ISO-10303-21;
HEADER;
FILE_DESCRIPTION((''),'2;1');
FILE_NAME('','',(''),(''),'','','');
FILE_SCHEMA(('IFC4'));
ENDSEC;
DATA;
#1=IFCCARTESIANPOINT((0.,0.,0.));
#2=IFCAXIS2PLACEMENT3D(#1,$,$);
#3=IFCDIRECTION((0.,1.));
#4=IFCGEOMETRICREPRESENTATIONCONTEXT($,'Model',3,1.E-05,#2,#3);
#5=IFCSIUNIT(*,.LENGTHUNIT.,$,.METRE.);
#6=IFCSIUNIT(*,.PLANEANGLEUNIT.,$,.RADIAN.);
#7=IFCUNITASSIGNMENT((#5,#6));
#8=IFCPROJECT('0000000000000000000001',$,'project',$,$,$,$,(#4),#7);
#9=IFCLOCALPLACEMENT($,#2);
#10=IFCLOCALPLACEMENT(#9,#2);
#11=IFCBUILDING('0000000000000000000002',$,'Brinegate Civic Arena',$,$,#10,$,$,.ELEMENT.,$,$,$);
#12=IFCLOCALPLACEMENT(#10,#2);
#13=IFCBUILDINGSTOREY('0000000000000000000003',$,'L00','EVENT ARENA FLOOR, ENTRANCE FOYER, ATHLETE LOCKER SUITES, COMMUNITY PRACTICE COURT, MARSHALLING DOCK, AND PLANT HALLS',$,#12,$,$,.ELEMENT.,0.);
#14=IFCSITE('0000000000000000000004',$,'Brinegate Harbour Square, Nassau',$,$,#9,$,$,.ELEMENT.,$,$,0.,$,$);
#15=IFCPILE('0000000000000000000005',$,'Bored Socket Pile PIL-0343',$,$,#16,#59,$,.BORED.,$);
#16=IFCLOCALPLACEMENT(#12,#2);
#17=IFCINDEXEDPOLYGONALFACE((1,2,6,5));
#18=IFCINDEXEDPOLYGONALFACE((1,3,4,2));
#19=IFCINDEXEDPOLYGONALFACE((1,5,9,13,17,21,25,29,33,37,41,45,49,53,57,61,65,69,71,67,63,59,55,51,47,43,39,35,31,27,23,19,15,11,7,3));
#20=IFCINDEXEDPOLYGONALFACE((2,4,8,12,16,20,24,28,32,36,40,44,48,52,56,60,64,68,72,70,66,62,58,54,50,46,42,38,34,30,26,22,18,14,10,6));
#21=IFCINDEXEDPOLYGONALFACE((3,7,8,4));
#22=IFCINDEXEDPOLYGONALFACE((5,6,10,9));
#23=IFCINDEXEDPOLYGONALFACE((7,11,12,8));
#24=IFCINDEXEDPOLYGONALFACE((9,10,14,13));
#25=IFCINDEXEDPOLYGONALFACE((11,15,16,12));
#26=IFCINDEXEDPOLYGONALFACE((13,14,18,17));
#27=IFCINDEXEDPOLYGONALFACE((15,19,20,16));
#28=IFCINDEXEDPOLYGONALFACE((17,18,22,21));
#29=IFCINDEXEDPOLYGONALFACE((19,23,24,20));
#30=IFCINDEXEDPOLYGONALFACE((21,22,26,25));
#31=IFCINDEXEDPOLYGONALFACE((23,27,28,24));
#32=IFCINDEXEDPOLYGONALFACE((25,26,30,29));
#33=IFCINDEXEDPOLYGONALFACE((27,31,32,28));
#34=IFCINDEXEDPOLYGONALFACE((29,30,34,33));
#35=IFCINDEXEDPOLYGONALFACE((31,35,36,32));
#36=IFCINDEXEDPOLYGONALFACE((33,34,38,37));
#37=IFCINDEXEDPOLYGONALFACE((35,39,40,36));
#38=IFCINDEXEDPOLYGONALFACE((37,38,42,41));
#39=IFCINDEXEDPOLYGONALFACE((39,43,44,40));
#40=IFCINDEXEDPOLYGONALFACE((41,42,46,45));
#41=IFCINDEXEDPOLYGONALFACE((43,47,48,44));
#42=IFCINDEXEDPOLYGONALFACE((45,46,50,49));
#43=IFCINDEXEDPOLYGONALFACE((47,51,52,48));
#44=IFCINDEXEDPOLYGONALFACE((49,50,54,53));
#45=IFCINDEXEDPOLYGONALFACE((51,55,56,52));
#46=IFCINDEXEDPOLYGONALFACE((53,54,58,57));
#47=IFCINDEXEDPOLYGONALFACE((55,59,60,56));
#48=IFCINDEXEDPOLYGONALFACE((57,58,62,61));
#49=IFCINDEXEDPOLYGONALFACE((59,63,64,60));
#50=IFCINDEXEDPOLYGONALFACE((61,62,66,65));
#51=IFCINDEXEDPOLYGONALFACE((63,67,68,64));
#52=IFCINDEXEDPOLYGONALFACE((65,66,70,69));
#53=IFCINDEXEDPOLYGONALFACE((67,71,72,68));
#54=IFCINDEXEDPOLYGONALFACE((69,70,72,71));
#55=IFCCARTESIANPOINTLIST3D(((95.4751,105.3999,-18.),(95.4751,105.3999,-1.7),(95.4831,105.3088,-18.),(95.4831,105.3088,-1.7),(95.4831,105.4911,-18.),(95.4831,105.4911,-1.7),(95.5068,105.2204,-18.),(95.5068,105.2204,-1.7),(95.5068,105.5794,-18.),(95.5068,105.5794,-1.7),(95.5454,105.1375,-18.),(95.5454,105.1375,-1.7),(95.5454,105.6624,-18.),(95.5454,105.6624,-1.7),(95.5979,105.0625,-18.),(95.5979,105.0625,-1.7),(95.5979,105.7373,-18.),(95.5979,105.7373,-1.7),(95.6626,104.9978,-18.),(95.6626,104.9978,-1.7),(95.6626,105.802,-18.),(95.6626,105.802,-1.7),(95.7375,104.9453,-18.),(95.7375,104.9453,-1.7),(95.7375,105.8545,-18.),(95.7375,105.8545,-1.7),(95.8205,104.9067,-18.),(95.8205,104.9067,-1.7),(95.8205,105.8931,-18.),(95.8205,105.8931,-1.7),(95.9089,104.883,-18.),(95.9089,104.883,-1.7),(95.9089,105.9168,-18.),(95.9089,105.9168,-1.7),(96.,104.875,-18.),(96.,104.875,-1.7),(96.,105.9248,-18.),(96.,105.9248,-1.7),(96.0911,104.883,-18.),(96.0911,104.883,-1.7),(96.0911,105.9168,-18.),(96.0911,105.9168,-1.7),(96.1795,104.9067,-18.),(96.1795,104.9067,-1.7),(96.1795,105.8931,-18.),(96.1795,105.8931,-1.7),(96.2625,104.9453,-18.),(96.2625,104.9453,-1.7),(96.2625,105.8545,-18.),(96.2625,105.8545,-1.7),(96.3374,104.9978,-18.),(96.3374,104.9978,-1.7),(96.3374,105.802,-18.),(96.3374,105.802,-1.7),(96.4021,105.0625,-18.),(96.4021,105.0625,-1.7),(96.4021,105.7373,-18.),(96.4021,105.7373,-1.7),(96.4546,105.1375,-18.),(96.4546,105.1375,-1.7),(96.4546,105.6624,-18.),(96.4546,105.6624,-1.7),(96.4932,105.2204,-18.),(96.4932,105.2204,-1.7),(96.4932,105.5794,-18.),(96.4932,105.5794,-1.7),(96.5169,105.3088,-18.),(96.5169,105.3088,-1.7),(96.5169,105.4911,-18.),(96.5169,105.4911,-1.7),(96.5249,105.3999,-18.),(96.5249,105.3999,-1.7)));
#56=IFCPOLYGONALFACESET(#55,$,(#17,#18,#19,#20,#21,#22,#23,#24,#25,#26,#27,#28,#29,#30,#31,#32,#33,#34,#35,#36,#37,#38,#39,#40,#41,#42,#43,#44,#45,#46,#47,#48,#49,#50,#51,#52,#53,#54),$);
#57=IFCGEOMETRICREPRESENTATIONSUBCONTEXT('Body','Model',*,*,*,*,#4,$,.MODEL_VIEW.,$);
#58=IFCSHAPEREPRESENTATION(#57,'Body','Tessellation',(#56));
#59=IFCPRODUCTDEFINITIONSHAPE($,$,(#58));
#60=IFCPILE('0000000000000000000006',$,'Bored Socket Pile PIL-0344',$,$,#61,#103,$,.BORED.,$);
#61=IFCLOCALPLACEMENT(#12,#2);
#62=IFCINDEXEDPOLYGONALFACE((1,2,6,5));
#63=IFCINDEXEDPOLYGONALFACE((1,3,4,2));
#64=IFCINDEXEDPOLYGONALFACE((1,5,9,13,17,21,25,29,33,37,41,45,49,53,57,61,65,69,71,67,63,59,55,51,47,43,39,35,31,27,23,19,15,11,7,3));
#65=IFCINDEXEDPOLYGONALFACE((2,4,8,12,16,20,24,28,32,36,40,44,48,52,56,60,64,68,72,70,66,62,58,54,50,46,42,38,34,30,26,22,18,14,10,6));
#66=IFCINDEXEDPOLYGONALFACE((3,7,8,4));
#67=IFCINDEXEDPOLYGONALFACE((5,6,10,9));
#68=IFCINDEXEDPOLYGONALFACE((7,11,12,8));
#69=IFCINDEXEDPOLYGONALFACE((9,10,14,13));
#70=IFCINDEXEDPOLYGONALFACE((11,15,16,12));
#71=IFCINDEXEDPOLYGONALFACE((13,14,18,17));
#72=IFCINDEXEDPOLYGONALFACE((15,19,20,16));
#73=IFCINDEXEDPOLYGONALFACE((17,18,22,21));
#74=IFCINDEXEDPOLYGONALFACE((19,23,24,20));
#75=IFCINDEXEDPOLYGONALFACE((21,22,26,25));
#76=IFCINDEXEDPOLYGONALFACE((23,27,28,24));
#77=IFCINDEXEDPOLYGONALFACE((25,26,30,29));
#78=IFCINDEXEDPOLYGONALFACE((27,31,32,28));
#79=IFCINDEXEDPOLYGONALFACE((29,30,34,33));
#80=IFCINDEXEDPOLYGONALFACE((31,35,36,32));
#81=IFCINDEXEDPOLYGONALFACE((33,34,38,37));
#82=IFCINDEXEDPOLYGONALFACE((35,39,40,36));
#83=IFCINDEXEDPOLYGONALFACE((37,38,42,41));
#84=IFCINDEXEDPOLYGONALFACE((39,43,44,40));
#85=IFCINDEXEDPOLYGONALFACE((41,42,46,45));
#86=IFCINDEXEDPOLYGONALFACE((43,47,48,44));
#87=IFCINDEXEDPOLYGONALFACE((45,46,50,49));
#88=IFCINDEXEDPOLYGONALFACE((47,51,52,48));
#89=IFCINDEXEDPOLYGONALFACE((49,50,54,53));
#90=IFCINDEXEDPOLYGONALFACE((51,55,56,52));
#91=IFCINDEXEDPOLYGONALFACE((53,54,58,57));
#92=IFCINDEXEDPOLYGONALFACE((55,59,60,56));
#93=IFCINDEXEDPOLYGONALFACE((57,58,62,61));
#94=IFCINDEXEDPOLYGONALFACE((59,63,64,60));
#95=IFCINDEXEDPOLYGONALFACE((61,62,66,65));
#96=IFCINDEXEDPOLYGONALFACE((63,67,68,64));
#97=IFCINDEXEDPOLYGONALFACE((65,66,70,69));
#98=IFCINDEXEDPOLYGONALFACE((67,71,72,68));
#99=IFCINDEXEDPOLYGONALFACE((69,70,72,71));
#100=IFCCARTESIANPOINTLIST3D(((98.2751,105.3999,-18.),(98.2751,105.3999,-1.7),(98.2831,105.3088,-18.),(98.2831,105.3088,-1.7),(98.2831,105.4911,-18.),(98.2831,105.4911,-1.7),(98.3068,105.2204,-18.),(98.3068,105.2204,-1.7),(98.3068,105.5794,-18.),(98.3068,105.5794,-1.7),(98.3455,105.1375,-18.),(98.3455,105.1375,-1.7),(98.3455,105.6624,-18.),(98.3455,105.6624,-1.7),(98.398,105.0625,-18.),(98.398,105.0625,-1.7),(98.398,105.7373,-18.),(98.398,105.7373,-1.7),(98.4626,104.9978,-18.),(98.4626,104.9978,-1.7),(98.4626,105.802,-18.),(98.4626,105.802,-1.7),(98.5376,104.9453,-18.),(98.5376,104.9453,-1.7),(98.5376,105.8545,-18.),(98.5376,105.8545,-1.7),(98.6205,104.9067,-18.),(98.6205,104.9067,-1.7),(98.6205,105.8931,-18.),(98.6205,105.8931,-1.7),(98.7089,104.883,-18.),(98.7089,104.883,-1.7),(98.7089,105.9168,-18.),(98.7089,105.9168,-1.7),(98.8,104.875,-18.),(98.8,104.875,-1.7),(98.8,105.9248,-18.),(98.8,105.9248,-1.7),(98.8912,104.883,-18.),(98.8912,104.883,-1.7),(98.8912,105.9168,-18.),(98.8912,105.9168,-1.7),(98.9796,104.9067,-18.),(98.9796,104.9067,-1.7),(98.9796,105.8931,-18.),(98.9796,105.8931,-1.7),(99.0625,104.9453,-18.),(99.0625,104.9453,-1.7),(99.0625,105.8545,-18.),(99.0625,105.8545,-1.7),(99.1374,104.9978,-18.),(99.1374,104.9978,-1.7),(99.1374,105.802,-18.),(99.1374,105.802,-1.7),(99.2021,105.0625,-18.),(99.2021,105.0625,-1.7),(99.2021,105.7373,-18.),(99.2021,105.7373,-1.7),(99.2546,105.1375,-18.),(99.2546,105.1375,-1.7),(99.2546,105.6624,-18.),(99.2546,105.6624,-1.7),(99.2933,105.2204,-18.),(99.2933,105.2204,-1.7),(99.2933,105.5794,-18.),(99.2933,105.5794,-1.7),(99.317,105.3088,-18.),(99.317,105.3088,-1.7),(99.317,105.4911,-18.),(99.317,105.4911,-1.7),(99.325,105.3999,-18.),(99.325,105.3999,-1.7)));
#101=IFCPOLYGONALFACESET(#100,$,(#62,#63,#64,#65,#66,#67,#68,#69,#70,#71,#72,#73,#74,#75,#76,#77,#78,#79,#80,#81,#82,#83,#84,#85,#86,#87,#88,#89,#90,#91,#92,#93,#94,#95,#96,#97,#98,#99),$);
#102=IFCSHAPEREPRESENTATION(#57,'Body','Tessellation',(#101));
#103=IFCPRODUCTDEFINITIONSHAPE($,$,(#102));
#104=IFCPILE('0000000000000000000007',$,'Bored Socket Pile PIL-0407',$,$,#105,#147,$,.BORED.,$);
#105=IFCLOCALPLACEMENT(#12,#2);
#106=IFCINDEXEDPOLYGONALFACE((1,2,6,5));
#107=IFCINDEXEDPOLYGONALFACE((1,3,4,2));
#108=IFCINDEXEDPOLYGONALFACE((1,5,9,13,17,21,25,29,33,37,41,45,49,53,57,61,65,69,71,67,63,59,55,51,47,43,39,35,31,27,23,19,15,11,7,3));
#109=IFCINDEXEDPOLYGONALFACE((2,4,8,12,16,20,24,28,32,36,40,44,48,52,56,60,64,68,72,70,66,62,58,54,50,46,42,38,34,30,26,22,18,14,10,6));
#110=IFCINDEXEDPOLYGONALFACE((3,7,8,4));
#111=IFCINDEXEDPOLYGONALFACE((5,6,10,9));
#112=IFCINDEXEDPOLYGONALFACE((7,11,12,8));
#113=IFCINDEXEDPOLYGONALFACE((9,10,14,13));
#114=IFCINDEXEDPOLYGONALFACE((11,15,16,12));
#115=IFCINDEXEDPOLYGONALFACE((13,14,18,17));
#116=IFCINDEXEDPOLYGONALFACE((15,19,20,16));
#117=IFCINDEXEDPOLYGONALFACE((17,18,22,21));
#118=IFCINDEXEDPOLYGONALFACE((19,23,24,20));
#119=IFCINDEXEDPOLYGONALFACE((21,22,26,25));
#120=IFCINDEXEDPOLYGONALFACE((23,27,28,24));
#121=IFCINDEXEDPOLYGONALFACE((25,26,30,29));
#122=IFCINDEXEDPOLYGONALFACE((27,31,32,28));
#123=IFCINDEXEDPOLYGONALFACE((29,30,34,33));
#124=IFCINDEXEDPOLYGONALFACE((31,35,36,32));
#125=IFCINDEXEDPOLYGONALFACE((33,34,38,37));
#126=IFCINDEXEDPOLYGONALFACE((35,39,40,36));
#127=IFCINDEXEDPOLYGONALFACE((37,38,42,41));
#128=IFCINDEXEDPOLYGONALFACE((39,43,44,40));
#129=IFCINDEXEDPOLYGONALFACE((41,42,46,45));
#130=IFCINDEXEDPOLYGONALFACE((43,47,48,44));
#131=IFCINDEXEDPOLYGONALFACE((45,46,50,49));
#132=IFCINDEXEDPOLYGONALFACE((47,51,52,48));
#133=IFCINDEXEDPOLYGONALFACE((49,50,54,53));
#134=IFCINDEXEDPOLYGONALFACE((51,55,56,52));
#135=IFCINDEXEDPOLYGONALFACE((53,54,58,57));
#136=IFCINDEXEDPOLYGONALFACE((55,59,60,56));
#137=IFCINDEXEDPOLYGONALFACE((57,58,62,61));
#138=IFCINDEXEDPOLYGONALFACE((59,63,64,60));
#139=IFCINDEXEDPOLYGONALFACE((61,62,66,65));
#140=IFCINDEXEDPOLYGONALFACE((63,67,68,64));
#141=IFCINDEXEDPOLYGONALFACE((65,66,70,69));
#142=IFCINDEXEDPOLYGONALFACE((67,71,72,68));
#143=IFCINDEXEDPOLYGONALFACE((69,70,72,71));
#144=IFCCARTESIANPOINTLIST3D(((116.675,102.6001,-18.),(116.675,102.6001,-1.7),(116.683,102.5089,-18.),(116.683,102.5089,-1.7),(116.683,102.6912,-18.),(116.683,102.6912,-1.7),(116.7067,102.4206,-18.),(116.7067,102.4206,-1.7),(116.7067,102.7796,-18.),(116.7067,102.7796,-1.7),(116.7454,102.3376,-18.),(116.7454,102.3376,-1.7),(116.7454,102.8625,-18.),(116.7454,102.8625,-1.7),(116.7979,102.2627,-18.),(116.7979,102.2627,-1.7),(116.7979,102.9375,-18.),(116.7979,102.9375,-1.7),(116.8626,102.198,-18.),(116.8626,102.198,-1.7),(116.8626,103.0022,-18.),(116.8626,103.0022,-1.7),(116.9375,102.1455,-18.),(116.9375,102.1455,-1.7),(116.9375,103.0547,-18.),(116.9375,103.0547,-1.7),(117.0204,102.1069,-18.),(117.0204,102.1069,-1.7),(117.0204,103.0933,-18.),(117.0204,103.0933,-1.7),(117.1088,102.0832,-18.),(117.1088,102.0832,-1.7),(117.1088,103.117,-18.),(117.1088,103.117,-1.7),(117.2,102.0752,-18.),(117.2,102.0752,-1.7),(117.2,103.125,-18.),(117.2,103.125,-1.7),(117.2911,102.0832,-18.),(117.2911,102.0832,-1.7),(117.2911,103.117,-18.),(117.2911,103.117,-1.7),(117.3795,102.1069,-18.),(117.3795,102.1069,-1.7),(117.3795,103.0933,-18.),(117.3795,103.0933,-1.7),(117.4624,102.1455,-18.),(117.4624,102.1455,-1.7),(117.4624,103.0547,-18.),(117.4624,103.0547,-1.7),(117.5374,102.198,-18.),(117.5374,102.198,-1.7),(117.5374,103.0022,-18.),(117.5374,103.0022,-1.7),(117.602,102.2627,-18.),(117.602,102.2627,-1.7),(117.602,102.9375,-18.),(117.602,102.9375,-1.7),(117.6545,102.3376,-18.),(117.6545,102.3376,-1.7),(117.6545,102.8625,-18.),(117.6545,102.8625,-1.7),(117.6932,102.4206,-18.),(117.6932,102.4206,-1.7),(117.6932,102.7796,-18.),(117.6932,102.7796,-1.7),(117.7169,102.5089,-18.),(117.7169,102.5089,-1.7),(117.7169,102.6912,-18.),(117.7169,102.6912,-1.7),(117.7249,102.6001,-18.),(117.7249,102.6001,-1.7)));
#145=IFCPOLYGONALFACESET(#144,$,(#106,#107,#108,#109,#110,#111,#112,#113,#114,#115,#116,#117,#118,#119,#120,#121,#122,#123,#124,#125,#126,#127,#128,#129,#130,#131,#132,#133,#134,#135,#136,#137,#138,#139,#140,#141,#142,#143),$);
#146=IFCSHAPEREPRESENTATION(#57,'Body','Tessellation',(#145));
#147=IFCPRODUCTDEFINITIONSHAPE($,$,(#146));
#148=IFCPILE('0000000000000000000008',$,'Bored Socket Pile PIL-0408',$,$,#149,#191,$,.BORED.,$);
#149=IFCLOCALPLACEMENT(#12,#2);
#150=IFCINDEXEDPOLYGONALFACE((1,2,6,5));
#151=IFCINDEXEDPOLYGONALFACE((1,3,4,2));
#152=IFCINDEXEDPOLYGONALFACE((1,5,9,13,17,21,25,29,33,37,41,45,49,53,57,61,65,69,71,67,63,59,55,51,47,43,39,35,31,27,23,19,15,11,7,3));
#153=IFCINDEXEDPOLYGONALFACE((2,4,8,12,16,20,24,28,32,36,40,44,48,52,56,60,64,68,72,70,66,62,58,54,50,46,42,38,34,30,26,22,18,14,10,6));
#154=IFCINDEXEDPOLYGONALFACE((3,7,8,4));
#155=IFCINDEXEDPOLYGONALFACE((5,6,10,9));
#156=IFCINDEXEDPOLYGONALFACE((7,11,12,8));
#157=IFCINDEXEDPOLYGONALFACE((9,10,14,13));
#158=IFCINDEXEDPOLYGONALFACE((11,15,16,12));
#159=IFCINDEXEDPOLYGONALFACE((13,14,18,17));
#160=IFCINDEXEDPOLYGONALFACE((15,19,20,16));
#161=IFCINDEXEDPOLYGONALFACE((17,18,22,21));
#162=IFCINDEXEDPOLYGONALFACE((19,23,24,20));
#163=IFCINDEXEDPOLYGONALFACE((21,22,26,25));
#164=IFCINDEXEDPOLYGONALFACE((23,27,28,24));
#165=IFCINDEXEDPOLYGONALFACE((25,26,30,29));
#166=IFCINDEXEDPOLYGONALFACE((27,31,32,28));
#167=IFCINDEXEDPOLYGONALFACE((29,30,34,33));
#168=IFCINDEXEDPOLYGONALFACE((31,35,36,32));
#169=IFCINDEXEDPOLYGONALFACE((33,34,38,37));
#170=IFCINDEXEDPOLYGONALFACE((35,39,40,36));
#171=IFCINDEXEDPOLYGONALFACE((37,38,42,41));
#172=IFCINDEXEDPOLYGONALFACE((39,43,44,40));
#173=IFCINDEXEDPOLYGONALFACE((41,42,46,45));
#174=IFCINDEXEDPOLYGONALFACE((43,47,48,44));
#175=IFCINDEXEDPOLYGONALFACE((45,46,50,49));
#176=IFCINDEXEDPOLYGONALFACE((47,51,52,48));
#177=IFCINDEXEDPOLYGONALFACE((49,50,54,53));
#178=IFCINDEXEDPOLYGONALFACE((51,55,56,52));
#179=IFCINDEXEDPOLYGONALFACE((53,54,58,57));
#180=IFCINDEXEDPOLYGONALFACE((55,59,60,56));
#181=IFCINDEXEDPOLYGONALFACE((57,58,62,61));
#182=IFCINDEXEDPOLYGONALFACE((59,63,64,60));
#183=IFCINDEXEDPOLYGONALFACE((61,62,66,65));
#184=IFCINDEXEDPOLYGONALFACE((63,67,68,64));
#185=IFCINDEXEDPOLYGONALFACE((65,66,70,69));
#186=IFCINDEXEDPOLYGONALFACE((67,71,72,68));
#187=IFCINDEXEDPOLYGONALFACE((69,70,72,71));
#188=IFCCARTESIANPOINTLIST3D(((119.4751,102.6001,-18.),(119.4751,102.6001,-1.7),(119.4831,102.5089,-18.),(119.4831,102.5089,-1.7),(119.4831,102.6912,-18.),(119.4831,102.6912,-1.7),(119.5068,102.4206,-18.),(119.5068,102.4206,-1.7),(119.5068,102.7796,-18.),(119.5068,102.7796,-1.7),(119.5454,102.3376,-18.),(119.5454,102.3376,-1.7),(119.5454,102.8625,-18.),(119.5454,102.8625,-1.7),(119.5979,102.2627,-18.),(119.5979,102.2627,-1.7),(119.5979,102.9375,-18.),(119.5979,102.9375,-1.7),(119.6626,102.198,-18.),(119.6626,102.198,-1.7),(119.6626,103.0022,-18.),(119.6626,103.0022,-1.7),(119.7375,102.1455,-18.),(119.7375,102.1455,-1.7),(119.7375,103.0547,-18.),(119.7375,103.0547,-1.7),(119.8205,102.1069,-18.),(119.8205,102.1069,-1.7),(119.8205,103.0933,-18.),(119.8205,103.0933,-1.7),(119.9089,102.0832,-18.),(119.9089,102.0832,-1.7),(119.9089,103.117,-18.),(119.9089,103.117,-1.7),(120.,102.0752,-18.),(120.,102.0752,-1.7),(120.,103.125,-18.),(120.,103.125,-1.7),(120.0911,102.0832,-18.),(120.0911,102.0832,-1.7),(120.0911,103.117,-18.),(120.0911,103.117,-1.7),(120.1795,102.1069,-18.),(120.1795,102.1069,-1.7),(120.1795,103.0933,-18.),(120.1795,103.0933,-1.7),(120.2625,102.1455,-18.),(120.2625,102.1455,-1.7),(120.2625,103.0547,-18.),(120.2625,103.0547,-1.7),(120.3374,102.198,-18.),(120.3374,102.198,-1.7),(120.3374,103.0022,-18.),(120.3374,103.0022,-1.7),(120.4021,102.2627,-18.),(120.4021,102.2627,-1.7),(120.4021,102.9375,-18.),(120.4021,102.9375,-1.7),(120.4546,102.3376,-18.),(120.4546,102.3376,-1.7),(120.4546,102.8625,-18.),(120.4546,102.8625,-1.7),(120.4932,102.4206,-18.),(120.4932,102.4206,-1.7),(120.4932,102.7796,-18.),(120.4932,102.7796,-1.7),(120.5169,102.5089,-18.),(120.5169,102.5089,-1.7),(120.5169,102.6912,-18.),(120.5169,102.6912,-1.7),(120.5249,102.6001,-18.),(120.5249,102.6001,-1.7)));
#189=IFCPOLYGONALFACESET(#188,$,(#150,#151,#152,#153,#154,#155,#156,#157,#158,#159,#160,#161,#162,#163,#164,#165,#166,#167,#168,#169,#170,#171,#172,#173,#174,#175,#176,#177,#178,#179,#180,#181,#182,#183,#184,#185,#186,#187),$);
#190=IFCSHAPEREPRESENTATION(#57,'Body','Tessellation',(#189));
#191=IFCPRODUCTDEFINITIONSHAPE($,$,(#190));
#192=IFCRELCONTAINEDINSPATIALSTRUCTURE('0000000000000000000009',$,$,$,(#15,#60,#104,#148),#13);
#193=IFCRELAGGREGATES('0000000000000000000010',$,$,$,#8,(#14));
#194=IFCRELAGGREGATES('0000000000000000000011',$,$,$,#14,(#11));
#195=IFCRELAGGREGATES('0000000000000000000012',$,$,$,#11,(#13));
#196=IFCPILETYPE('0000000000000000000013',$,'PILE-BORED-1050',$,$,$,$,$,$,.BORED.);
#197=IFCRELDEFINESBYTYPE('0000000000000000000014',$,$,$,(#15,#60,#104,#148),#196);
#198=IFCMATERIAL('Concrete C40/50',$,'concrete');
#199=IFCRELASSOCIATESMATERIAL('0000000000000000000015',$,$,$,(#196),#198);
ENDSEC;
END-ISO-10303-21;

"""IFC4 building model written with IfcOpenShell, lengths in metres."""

from ifc_helpers import new_model, si_unit, direction, frame, origin, origin_2d, place, context, subcontext, project, spatial, circle, extrude, material, material_profile, profile_set, type_object, element, save


model = new_model("IFC4")

# Units and contexts
model_context = context("Model", 3, precision=1e-05, world=origin(), true_north=direction((0.0, 1.0)))
body_context = subcontext(model_context, "Body", "Model", "MODEL_VIEW")
ifc_project = project(units=[si_unit("LENGTHUNIT", "METRE"), si_unit("PLANEANGLEUNIT", "RADIAN")], contexts=[model_context])

# Site, building, storey
site_placement = place(None, origin())
site = spatial("IfcSite", under=ifc_project, at=site_placement, Name="Brinegate Harbour Square, Nassau", CompositionType="ELEMENT", RefElevation=0.0)
building_placement = place(site_placement, origin())
building = spatial("IfcBuilding", under=site, at=building_placement, Name="Brinegate Civic Arena", CompositionType="ELEMENT")
storey_placement = place(building_placement, origin())
storey = spatial("IfcBuildingStorey", under=building, at=storey_placement, Name="L00", Description="EVENT ARENA FLOOR, ENTRANCE FOYER, ATHLETE LOCKER SUITES, COMMUNITY PRACTICE COURT, MARSHALLING DOCK, AND PLANT HALLS", CompositionType="ELEMENT", Elevation=0.0)

# Shared definitions
ifc_material_1 = material(Name="Concrete C40/50", Category="concrete")

# Piles
ifc_material_profile_1 = material_profile(ifc_material_1, circle(Radius=0.5249, at=origin_2d()), Name="PILED1050")
ifc_profile_set_1 = profile_set([ifc_material_profile_1], Name="Concrete C40/50")
pile_type_1 = type_object("IfcPileType", Name="PILE-BORED-1050", PredefinedType="BORED", material=ifc_profile_set_1)
for number, where, z_axis, x_axis, name in (
    (1, (96.0, 105.3999, -1.7), (0.0, 0.0, -1.0), (1.0, 0.0, 0.0), "Bored Socket Pile PIL-0343"),
    (2, (98.8, 105.3999, -1.7), (0.0, 0.0, -1.0), (1.0, 0.0, 0.0), "Bored Socket Pile PIL-0344"),
    (3, (117.2, 102.6001, -1.7), (0.0, 0.0, -1.0), (1.0, 0.0, 0.0), "Bored Socket Pile PIL-0407"),
    (4, (120.0, 102.6001, -1.7), (0.0, 0.0, -1.0), (1.0, 0.0, 0.0), "Bored Socket Pile PIL-0408"),
):
    element("IfcPile", number, at=place(storey_placement, frame(where, z_axis=z_axis, x_axis=x_axis)), inside=storey, type_object=pile_type_1, Name=name, PredefinedType="BORED", context=body_context, shape_type="SweptSolid", body=[
        extrude(circle(Radius=0.5249, at=origin_2d()), origin(), (0.0, 0.0, 1.0), 16.3),
    ])

save(model, "model.ifc")
